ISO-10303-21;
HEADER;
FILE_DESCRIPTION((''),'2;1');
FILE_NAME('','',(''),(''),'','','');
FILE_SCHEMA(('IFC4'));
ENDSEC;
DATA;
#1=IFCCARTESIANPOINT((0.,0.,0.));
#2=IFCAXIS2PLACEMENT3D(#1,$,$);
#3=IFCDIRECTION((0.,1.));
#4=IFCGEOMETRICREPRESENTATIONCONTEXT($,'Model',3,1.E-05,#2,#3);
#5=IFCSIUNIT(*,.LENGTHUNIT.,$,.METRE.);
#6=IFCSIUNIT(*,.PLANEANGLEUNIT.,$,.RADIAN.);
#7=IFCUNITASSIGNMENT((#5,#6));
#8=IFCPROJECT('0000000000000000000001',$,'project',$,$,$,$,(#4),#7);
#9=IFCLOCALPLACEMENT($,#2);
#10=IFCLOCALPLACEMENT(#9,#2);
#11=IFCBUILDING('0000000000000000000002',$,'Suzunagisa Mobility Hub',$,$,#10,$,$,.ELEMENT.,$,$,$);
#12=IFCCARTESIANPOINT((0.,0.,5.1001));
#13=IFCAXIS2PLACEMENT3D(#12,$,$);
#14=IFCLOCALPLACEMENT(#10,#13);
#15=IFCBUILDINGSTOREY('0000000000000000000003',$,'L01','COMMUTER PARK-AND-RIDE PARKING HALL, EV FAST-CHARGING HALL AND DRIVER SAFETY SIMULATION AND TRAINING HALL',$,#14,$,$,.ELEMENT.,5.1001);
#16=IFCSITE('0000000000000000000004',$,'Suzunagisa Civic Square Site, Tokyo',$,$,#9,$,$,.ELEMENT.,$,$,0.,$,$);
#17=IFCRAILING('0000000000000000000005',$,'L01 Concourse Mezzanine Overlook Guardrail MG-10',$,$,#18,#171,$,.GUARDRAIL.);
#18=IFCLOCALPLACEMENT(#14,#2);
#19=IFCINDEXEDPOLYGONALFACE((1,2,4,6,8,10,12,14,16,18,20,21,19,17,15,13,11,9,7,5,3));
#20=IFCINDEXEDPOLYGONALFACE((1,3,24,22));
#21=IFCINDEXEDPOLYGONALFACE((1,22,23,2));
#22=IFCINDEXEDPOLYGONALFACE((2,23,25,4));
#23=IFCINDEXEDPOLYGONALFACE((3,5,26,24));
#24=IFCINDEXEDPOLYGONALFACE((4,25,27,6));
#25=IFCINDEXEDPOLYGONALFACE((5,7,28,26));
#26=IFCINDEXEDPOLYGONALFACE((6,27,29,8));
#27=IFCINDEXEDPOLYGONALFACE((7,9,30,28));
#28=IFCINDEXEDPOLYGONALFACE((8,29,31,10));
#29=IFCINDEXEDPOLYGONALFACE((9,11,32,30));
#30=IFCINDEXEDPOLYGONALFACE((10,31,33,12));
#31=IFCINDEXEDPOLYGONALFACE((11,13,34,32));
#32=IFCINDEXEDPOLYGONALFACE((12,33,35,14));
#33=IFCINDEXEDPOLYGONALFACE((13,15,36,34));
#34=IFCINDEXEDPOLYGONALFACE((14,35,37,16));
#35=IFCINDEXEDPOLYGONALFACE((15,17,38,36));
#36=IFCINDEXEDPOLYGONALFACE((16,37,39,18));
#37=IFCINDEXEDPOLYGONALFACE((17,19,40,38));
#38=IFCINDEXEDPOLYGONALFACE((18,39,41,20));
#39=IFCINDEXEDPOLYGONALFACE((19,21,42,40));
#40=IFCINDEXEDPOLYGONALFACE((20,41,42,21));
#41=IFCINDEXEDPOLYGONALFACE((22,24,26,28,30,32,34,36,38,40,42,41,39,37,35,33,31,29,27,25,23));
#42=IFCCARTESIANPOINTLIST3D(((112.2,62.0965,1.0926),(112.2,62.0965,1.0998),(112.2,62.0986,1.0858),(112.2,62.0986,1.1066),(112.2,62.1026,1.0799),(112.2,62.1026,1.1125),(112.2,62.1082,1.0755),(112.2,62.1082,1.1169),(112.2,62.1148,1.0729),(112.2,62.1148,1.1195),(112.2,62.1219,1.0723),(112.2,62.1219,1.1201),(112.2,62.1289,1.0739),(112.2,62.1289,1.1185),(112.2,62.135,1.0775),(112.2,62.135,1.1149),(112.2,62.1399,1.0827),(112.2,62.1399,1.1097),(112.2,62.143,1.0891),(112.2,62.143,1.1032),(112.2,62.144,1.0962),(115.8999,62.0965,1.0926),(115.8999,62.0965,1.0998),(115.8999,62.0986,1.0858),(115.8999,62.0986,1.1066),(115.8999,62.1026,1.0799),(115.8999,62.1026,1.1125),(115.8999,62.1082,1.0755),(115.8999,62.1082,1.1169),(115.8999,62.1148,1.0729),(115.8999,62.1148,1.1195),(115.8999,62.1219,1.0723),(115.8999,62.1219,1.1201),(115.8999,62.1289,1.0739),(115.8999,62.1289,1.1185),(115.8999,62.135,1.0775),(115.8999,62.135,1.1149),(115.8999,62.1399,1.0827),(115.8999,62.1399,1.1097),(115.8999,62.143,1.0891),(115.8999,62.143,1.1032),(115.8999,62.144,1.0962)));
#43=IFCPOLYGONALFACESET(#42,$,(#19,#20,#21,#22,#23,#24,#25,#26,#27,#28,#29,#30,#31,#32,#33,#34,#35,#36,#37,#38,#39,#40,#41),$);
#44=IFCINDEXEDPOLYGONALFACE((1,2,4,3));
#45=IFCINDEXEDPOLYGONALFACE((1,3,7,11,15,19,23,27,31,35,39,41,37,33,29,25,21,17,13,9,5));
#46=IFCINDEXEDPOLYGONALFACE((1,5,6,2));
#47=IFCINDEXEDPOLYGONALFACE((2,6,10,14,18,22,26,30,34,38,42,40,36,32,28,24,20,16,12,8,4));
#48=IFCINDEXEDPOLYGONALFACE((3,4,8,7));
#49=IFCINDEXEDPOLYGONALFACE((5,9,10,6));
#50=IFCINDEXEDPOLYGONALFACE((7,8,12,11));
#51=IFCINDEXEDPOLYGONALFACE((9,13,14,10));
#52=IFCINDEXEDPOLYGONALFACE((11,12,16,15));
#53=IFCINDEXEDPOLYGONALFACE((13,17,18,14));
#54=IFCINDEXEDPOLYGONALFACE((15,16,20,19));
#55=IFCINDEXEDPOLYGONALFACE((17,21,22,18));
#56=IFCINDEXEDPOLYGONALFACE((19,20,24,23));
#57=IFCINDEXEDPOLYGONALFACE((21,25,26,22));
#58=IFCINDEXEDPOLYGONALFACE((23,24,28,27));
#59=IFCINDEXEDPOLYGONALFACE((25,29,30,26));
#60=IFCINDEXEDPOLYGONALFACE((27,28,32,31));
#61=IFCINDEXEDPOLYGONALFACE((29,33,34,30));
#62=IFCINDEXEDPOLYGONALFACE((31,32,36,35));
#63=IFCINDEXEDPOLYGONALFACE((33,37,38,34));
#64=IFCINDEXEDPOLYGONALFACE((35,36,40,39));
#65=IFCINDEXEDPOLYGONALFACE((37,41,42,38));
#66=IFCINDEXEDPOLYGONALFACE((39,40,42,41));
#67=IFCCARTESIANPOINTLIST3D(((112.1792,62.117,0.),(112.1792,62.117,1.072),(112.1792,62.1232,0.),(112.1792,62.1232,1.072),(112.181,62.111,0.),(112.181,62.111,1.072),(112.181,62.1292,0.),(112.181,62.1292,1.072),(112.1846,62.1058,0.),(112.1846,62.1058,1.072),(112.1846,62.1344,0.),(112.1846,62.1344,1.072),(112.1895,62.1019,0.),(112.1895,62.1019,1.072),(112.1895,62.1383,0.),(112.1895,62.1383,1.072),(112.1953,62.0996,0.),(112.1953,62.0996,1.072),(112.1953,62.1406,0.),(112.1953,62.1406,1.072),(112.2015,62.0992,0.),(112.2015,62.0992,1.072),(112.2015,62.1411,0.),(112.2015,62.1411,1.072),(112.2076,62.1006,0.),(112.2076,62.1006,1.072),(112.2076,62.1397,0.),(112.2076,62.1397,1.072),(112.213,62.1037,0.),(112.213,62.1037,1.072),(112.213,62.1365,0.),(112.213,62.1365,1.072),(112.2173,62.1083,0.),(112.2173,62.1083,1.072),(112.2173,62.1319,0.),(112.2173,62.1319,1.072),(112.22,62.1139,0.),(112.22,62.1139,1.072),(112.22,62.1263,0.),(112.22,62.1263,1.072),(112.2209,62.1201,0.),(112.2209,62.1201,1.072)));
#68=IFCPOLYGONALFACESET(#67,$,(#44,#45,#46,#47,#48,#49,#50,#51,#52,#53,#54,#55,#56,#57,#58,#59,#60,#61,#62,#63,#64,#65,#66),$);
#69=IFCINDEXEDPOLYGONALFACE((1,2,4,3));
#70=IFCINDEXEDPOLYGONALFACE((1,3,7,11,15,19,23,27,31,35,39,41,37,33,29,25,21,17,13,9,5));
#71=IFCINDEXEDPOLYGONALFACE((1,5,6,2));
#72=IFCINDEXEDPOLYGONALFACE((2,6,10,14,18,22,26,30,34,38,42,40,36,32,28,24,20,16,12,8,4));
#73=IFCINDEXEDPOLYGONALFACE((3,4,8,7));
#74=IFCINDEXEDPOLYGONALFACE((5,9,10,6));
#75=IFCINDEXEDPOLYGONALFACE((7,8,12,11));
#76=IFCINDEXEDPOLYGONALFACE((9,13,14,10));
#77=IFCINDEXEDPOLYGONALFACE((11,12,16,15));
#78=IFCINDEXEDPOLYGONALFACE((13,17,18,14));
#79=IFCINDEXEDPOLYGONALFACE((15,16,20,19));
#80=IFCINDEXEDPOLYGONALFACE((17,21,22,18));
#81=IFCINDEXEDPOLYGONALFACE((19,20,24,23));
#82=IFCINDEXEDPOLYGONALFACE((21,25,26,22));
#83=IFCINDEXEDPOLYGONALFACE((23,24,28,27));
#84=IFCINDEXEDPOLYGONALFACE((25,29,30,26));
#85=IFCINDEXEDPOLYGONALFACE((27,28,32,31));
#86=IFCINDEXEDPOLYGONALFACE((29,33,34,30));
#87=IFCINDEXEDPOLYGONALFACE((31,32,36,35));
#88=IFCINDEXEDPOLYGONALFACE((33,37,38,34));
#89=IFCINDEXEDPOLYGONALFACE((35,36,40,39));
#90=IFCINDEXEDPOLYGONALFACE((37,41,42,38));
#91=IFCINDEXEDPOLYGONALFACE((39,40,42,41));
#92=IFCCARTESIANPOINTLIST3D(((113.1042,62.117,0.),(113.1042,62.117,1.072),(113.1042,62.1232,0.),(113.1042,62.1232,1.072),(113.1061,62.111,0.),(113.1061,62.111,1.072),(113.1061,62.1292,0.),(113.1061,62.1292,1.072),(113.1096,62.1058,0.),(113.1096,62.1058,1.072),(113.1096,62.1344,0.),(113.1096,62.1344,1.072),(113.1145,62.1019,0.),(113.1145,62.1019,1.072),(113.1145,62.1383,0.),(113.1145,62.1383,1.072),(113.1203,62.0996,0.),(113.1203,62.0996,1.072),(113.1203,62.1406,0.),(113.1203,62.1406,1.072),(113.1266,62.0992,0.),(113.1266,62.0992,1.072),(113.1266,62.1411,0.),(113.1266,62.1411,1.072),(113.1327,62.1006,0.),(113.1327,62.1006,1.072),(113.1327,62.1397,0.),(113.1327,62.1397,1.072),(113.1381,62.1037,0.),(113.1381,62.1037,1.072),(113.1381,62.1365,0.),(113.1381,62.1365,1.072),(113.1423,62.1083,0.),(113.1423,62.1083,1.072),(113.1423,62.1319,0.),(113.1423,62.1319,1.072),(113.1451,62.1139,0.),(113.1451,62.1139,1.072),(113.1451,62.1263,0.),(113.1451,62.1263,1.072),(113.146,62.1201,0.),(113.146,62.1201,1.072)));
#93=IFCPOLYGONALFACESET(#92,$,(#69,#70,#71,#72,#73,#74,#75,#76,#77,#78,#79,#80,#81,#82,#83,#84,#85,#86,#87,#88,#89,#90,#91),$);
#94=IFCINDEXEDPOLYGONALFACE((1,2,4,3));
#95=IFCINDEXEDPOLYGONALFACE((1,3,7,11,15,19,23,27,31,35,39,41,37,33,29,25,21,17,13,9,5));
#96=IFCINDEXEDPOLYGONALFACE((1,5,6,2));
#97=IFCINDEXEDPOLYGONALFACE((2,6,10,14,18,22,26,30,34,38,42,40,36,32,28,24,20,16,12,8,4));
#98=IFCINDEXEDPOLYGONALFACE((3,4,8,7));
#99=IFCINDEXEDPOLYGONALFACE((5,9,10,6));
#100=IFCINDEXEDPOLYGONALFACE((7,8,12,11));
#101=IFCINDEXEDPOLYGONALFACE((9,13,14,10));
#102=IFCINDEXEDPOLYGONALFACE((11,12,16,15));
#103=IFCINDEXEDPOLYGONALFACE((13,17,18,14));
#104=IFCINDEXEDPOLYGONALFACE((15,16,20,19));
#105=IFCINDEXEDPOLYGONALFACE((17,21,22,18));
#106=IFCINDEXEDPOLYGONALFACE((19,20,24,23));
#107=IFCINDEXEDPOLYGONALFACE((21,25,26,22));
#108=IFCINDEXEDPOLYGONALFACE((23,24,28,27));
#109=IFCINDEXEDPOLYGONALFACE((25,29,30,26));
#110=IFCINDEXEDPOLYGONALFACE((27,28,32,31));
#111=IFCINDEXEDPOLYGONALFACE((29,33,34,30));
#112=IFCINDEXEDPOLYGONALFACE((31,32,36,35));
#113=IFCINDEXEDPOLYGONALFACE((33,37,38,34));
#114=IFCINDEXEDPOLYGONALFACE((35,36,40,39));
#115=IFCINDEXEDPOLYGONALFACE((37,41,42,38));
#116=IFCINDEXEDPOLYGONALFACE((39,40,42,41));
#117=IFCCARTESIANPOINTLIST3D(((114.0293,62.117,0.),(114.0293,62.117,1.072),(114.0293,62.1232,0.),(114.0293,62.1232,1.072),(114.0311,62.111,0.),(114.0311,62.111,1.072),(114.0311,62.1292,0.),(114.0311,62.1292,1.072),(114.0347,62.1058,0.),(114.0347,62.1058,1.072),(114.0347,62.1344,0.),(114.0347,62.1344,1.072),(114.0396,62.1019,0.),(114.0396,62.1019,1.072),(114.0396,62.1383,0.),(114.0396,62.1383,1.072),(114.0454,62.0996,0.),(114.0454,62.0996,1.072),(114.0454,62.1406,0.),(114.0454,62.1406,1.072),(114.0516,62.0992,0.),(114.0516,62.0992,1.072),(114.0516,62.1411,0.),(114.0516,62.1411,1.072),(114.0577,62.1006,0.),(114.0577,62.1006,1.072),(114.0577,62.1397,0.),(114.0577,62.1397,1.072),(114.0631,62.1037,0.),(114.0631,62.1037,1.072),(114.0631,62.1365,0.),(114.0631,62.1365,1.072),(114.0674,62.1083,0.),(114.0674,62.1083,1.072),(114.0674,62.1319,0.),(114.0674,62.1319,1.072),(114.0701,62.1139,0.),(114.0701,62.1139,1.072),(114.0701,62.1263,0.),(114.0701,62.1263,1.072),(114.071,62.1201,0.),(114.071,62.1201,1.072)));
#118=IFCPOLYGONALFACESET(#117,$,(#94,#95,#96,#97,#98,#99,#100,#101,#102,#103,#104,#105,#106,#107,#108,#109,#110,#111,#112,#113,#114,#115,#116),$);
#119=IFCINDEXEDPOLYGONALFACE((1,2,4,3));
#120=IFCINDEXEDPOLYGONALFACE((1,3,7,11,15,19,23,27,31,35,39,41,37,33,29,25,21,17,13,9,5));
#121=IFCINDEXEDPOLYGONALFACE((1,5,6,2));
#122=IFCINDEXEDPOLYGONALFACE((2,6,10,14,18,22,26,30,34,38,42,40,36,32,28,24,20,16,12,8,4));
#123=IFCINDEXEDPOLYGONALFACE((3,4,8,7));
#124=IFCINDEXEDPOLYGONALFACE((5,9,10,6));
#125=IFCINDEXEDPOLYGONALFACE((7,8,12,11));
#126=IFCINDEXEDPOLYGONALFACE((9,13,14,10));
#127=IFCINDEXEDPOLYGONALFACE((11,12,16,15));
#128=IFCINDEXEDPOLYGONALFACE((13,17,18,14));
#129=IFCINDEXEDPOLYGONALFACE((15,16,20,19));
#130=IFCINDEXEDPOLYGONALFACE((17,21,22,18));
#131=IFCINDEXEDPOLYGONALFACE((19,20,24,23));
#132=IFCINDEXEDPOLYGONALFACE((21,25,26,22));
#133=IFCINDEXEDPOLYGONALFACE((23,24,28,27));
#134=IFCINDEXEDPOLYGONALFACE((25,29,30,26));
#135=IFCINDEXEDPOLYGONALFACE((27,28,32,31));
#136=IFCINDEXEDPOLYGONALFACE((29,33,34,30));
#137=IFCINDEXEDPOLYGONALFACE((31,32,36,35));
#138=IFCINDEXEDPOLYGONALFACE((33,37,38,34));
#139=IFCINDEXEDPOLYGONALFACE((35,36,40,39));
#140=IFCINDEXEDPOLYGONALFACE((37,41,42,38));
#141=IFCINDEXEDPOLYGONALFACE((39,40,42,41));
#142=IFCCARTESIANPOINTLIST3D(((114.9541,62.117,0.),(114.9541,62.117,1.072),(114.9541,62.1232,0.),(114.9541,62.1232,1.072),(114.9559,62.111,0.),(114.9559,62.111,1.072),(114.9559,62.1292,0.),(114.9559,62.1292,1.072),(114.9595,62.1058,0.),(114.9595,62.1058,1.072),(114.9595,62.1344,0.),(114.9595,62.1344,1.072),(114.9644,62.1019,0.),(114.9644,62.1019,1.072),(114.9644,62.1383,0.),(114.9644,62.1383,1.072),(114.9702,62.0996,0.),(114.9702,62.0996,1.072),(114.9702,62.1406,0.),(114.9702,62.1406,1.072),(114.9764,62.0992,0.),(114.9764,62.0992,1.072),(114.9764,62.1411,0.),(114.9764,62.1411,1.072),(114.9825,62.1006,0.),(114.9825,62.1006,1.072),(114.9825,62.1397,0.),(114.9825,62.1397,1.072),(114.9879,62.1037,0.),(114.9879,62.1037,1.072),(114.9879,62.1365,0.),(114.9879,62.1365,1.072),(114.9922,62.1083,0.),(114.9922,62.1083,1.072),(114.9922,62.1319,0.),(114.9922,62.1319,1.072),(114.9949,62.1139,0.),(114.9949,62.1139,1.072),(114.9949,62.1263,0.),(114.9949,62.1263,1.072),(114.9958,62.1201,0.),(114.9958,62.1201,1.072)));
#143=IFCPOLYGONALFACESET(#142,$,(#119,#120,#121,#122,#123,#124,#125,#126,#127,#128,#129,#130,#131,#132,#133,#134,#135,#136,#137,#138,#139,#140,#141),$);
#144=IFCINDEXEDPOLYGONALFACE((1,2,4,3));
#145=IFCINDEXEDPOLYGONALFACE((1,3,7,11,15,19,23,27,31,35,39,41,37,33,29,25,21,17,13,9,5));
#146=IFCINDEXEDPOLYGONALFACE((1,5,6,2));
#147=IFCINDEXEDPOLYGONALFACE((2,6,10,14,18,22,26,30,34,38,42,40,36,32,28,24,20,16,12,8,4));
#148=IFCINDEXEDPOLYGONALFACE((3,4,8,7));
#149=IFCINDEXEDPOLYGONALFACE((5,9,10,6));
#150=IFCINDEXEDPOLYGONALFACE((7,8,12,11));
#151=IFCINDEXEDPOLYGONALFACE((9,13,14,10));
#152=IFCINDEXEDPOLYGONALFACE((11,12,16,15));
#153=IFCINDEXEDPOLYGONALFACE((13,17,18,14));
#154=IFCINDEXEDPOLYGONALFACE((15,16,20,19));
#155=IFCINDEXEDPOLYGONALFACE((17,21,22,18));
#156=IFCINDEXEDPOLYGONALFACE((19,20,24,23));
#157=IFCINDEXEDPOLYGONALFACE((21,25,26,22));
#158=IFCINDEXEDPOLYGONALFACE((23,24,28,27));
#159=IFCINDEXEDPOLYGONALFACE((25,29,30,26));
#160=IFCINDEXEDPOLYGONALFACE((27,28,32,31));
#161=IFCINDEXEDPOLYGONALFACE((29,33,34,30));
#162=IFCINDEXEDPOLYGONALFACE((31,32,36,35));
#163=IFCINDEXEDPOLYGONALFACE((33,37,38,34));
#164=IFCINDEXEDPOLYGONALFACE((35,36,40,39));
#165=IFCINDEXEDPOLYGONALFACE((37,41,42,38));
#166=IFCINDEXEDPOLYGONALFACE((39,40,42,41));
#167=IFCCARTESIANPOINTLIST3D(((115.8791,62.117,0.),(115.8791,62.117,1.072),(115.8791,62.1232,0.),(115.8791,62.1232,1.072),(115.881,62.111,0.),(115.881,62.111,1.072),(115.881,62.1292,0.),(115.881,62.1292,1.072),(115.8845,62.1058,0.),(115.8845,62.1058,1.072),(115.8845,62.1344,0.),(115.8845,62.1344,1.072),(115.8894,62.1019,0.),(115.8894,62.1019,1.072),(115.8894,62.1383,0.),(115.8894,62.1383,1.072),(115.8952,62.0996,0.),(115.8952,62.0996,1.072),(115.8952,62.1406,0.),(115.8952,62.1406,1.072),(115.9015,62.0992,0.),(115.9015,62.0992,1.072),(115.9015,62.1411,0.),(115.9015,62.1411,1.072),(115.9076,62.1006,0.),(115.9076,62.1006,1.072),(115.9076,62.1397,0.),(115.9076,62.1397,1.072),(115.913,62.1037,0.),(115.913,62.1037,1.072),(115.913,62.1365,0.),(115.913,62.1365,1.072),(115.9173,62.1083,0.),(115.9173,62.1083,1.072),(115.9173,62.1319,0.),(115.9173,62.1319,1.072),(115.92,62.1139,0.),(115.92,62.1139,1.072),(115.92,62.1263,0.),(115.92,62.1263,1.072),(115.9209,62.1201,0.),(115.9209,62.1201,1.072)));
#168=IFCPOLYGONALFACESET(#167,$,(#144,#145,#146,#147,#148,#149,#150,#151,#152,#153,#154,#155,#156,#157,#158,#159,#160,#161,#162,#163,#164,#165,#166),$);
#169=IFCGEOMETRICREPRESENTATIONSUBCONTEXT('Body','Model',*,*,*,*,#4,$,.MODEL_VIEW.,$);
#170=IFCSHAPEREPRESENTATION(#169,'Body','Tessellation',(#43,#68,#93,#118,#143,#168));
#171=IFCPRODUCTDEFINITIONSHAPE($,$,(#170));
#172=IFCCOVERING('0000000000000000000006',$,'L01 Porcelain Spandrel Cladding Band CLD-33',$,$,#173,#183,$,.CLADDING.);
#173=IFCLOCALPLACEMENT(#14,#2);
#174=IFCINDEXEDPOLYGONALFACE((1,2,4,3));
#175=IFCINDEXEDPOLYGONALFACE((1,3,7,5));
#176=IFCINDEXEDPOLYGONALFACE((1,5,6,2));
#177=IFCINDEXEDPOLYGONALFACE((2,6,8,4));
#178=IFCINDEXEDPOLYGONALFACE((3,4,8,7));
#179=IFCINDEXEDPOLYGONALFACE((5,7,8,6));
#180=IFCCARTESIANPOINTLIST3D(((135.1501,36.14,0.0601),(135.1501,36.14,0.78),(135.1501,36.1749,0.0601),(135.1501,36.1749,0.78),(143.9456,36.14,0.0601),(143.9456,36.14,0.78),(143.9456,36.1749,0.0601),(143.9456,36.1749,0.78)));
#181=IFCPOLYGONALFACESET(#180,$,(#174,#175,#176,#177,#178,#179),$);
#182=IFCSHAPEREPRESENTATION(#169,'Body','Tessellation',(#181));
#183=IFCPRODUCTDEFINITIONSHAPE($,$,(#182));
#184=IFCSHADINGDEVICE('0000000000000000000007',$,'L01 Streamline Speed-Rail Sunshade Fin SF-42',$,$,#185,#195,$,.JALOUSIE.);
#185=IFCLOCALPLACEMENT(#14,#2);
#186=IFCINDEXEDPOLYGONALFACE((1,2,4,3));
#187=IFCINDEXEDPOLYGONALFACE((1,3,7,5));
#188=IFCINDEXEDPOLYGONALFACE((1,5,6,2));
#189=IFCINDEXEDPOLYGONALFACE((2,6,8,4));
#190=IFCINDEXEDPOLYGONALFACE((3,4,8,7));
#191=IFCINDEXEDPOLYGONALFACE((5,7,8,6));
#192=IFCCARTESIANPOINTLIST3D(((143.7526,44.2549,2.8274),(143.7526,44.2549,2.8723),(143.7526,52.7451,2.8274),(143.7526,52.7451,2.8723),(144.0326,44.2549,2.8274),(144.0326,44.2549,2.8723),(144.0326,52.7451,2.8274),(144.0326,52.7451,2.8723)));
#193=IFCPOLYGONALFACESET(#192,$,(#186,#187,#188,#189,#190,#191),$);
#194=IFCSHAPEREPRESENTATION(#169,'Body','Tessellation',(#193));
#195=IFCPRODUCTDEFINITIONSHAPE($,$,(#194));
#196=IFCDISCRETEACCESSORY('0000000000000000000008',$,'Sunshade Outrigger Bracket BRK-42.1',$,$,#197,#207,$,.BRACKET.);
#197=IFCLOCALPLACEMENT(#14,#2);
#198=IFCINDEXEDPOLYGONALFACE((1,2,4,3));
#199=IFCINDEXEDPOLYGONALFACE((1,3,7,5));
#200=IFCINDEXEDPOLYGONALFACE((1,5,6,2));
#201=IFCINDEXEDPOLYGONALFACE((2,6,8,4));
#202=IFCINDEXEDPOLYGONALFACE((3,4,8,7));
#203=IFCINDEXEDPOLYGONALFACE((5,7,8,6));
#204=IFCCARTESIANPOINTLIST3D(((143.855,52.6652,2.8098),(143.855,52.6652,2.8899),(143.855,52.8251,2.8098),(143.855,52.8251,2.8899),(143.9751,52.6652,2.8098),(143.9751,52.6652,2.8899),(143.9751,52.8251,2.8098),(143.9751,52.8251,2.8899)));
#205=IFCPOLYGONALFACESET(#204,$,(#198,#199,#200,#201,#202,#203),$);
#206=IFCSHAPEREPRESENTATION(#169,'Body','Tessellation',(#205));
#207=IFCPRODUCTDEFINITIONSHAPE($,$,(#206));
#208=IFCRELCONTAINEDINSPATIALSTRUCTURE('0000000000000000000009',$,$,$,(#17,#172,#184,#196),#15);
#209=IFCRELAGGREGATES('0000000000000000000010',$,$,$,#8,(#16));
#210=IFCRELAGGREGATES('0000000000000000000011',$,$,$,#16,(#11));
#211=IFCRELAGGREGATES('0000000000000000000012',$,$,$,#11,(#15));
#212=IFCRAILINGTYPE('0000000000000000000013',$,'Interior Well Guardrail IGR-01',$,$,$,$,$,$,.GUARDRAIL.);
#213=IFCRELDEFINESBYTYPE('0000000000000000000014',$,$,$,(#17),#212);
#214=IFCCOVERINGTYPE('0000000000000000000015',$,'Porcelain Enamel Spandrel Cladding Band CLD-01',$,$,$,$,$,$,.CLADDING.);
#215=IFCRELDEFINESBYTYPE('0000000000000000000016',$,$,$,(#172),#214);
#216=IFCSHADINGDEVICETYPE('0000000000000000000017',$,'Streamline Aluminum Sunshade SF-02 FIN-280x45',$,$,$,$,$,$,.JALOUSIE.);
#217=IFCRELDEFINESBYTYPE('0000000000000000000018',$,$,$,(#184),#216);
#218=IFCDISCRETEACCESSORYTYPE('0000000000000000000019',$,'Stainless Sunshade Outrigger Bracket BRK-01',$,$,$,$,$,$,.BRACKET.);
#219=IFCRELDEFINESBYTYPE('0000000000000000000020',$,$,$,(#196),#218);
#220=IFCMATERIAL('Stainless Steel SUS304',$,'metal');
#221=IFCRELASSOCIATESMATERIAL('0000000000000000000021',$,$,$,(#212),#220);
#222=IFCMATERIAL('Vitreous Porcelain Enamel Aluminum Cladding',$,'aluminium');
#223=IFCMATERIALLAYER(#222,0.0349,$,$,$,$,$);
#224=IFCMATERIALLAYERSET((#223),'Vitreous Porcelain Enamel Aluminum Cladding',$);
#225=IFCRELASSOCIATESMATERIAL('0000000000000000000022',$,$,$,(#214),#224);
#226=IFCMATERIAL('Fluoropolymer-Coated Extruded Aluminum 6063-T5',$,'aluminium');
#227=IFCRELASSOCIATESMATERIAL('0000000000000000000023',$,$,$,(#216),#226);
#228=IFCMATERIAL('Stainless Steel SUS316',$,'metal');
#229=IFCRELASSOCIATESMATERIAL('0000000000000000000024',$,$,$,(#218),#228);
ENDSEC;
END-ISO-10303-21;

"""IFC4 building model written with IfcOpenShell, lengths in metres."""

from ifc_helpers import new_model, si_unit, direction, frame, origin, origin_2d, place, context, subcontext, project, spatial, rectangle, circle, extrude, material, layer, layer_set, material_profile, profile_set, type_object, element, save


model = new_model("IFC4")

# Units and contexts
model_context = context("Model", 3, precision=1e-05, world=origin(), true_north=direction((0.0, 1.0)))
body_context = subcontext(model_context, "Body", "Model", "MODEL_VIEW")
ifc_project = project(units=[si_unit("LENGTHUNIT", "METRE"), si_unit("PLANEANGLEUNIT", "RADIAN")], contexts=[model_context])

# Site, building, storey
site_placement = place(None, origin())
site = spatial("IfcSite", under=ifc_project, at=site_placement, Name="Suzunagisa Civic Square Site, Tokyo", CompositionType="ELEMENT", RefElevation=0.0)
building_placement = place(site_placement, origin())
building = spatial("IfcBuilding", under=site, at=building_placement, Name="Suzunagisa Mobility Hub", CompositionType="ELEMENT")
storey_placement = place(building_placement, frame((0.0, 0.0, 5.1001)))
storey = spatial("IfcBuildingStorey", under=building, at=storey_placement, Name="L01", Description="COMMUTER PARK-AND-RIDE PARKING HALL, EV FAST-CHARGING HALL AND DRIVER SAFETY SIMULATION AND TRAINING HALL", CompositionType="ELEMENT", Elevation=5.1001)

# Railing
ifc_material_1 = material(Name="Stainless Steel SUS304", Category="metal")
railing_type = type_object("IfcRailingType", Name="Interior Well Guardrail IGR-01", PredefinedType="GUARDRAIL", material=ifc_material_1)
railing_1_placement = place(storey_placement, frame((112.2, 62.1201, 0.0)))
element("IfcRailing", 1, at=railing_1_placement, inside=storey, type_object=railing_type, Name="L01 Concourse Mezzanine Overlook Guardrail MG-10", PredefinedType="GUARDRAIL", context=body_context, shape_type="SweptSolid", body=[
    extrude(circle(Radius=0.0239, at=origin_2d()), frame((0.0, 0.0, 1.0962), z_axis=(1.0, 0.0, 0.0), x_axis=(0.0, 1.0, 0.0)), (0.0, 0.0, 1.0), 3.7),
    extrude(circle(Radius=0.021, at=origin_2d()), origin(), (0.0, 0.0, 1.0), 1.072),
    extrude(circle(Radius=0.021, at=origin_2d()), frame((0.925, 0.0, 0.0)), (0.0, 0.0, 1.0), 1.072),
    extrude(circle(Radius=0.021, at=origin_2d()), frame((1.8501, 0.0, 0.0)), (0.0, 0.0, 1.0), 1.072),
    extrude(circle(Radius=0.021, at=origin_2d()), frame((2.7749, 0.0, 0.0)), (0.0, 0.0, 1.0), 1.072),
    extrude(circle(Radius=0.021, at=origin_2d()), frame((3.7, 0.0, 0.0)), (0.0, 0.0, 1.0), 1.072),
])

# Covering
ifc_material_2 = material(Name="Vitreous Porcelain Enamel Aluminum Cladding", Category="aluminium")
ifc_layer_1 = layer(ifc_material_2, 0.0349)
ifc_layer_set_1 = layer_set([ifc_layer_1], Name="Vitreous Porcelain Enamel Aluminum Cladding")
covering_type = type_object("IfcCoveringType", Name="Porcelain Enamel Spandrel Cladding Band CLD-01", PredefinedType="CLADDING", material=ifc_layer_set_1)
covering_placement = place(storey_placement, frame((139.5479, 36.1575, 0.0601), z_axis=(0.0, 0.0, 1.0), x_axis=(-1.0, 0.0, 0.0)))
element("IfcCovering", 2, at=covering_placement, inside=storey, type_object=covering_type, Name="L01 Porcelain Spandrel Cladding Band CLD-33", PredefinedType="CLADDING", context=body_context, shape_type="SweptSolid", body=[
    extrude(rectangle(XDim=8.7954, YDim=0.0349, at=origin_2d()), origin(), (0.0, 0.0, 1.0), 0.72),
])

# Shading device
ifc_material_3 = material(Name="Fluoropolymer-Coated Extruded Aluminum 6063-T5", Category="aluminium")
ifc_material_profile_1 = material_profile(ifc_material_3, rectangle(XDim=0.28, YDim=0.0449, at=origin_2d()), Name="FIN-280x45")
ifc_profile_set_1 = profile_set([ifc_material_profile_1], Name="Fluoropolymer-Coated Extruded Aluminum 6063-T5")
shading_device_type = type_object("IfcShadingDeviceType", Name="Streamline Aluminum Sunshade SF-02 FIN-280x45", PredefinedType="JALOUSIE", material=ifc_profile_set_1)
shading_device_placement = place(storey_placement, frame((143.8926, 52.7451, 2.8499), z_axis=(0.0, -1.0, 0.0), x_axis=(1.0, 0.0, 0.0)))
element("IfcShadingDevice", 3, at=shading_device_placement, inside=storey, type_object=shading_device_type, Name="L01 Streamline Speed-Rail Sunshade Fin SF-42", PredefinedType="JALOUSIE", context=body_context, shape_type="SweptSolid", body=[
    extrude(rectangle(XDim=0.28, YDim=0.0449, at=origin_2d()), origin(), (0.0, 0.0, 1.0), 8.4902),
])

# Discrete accessory
ifc_material_4 = material(Name="Stainless Steel SUS316", Category="metal")
discrete_accessory_type = type_object("IfcDiscreteAccessoryType", Name="Stainless Sunshade Outrigger Bracket BRK-01", PredefinedType="BRACKET", material=ifc_material_4)
for number, where, z_axis, x_axis, name in (
    (4, (143.915, 52.7451, 2.8098), (0.0, 0.0, 1.0), (0.0, -1.0, 0.0), "Sunshade Outrigger Bracket BRK-42.1"),
):
    element("IfcDiscreteAccessory", number, at=place(storey_placement, frame(where, z_axis=z_axis, x_axis=x_axis)), inside=storey, type_object=discrete_accessory_type, Name=name, PredefinedType="BRACKET", context=body_context, shape_type="SweptSolid", body=[
        extrude(rectangle(XDim=0.1599, YDim=0.1201, at=origin_2d()), origin(), (0.0, 0.0, 1.0), 0.0801),
    ])

save(model, "model.ifc")
